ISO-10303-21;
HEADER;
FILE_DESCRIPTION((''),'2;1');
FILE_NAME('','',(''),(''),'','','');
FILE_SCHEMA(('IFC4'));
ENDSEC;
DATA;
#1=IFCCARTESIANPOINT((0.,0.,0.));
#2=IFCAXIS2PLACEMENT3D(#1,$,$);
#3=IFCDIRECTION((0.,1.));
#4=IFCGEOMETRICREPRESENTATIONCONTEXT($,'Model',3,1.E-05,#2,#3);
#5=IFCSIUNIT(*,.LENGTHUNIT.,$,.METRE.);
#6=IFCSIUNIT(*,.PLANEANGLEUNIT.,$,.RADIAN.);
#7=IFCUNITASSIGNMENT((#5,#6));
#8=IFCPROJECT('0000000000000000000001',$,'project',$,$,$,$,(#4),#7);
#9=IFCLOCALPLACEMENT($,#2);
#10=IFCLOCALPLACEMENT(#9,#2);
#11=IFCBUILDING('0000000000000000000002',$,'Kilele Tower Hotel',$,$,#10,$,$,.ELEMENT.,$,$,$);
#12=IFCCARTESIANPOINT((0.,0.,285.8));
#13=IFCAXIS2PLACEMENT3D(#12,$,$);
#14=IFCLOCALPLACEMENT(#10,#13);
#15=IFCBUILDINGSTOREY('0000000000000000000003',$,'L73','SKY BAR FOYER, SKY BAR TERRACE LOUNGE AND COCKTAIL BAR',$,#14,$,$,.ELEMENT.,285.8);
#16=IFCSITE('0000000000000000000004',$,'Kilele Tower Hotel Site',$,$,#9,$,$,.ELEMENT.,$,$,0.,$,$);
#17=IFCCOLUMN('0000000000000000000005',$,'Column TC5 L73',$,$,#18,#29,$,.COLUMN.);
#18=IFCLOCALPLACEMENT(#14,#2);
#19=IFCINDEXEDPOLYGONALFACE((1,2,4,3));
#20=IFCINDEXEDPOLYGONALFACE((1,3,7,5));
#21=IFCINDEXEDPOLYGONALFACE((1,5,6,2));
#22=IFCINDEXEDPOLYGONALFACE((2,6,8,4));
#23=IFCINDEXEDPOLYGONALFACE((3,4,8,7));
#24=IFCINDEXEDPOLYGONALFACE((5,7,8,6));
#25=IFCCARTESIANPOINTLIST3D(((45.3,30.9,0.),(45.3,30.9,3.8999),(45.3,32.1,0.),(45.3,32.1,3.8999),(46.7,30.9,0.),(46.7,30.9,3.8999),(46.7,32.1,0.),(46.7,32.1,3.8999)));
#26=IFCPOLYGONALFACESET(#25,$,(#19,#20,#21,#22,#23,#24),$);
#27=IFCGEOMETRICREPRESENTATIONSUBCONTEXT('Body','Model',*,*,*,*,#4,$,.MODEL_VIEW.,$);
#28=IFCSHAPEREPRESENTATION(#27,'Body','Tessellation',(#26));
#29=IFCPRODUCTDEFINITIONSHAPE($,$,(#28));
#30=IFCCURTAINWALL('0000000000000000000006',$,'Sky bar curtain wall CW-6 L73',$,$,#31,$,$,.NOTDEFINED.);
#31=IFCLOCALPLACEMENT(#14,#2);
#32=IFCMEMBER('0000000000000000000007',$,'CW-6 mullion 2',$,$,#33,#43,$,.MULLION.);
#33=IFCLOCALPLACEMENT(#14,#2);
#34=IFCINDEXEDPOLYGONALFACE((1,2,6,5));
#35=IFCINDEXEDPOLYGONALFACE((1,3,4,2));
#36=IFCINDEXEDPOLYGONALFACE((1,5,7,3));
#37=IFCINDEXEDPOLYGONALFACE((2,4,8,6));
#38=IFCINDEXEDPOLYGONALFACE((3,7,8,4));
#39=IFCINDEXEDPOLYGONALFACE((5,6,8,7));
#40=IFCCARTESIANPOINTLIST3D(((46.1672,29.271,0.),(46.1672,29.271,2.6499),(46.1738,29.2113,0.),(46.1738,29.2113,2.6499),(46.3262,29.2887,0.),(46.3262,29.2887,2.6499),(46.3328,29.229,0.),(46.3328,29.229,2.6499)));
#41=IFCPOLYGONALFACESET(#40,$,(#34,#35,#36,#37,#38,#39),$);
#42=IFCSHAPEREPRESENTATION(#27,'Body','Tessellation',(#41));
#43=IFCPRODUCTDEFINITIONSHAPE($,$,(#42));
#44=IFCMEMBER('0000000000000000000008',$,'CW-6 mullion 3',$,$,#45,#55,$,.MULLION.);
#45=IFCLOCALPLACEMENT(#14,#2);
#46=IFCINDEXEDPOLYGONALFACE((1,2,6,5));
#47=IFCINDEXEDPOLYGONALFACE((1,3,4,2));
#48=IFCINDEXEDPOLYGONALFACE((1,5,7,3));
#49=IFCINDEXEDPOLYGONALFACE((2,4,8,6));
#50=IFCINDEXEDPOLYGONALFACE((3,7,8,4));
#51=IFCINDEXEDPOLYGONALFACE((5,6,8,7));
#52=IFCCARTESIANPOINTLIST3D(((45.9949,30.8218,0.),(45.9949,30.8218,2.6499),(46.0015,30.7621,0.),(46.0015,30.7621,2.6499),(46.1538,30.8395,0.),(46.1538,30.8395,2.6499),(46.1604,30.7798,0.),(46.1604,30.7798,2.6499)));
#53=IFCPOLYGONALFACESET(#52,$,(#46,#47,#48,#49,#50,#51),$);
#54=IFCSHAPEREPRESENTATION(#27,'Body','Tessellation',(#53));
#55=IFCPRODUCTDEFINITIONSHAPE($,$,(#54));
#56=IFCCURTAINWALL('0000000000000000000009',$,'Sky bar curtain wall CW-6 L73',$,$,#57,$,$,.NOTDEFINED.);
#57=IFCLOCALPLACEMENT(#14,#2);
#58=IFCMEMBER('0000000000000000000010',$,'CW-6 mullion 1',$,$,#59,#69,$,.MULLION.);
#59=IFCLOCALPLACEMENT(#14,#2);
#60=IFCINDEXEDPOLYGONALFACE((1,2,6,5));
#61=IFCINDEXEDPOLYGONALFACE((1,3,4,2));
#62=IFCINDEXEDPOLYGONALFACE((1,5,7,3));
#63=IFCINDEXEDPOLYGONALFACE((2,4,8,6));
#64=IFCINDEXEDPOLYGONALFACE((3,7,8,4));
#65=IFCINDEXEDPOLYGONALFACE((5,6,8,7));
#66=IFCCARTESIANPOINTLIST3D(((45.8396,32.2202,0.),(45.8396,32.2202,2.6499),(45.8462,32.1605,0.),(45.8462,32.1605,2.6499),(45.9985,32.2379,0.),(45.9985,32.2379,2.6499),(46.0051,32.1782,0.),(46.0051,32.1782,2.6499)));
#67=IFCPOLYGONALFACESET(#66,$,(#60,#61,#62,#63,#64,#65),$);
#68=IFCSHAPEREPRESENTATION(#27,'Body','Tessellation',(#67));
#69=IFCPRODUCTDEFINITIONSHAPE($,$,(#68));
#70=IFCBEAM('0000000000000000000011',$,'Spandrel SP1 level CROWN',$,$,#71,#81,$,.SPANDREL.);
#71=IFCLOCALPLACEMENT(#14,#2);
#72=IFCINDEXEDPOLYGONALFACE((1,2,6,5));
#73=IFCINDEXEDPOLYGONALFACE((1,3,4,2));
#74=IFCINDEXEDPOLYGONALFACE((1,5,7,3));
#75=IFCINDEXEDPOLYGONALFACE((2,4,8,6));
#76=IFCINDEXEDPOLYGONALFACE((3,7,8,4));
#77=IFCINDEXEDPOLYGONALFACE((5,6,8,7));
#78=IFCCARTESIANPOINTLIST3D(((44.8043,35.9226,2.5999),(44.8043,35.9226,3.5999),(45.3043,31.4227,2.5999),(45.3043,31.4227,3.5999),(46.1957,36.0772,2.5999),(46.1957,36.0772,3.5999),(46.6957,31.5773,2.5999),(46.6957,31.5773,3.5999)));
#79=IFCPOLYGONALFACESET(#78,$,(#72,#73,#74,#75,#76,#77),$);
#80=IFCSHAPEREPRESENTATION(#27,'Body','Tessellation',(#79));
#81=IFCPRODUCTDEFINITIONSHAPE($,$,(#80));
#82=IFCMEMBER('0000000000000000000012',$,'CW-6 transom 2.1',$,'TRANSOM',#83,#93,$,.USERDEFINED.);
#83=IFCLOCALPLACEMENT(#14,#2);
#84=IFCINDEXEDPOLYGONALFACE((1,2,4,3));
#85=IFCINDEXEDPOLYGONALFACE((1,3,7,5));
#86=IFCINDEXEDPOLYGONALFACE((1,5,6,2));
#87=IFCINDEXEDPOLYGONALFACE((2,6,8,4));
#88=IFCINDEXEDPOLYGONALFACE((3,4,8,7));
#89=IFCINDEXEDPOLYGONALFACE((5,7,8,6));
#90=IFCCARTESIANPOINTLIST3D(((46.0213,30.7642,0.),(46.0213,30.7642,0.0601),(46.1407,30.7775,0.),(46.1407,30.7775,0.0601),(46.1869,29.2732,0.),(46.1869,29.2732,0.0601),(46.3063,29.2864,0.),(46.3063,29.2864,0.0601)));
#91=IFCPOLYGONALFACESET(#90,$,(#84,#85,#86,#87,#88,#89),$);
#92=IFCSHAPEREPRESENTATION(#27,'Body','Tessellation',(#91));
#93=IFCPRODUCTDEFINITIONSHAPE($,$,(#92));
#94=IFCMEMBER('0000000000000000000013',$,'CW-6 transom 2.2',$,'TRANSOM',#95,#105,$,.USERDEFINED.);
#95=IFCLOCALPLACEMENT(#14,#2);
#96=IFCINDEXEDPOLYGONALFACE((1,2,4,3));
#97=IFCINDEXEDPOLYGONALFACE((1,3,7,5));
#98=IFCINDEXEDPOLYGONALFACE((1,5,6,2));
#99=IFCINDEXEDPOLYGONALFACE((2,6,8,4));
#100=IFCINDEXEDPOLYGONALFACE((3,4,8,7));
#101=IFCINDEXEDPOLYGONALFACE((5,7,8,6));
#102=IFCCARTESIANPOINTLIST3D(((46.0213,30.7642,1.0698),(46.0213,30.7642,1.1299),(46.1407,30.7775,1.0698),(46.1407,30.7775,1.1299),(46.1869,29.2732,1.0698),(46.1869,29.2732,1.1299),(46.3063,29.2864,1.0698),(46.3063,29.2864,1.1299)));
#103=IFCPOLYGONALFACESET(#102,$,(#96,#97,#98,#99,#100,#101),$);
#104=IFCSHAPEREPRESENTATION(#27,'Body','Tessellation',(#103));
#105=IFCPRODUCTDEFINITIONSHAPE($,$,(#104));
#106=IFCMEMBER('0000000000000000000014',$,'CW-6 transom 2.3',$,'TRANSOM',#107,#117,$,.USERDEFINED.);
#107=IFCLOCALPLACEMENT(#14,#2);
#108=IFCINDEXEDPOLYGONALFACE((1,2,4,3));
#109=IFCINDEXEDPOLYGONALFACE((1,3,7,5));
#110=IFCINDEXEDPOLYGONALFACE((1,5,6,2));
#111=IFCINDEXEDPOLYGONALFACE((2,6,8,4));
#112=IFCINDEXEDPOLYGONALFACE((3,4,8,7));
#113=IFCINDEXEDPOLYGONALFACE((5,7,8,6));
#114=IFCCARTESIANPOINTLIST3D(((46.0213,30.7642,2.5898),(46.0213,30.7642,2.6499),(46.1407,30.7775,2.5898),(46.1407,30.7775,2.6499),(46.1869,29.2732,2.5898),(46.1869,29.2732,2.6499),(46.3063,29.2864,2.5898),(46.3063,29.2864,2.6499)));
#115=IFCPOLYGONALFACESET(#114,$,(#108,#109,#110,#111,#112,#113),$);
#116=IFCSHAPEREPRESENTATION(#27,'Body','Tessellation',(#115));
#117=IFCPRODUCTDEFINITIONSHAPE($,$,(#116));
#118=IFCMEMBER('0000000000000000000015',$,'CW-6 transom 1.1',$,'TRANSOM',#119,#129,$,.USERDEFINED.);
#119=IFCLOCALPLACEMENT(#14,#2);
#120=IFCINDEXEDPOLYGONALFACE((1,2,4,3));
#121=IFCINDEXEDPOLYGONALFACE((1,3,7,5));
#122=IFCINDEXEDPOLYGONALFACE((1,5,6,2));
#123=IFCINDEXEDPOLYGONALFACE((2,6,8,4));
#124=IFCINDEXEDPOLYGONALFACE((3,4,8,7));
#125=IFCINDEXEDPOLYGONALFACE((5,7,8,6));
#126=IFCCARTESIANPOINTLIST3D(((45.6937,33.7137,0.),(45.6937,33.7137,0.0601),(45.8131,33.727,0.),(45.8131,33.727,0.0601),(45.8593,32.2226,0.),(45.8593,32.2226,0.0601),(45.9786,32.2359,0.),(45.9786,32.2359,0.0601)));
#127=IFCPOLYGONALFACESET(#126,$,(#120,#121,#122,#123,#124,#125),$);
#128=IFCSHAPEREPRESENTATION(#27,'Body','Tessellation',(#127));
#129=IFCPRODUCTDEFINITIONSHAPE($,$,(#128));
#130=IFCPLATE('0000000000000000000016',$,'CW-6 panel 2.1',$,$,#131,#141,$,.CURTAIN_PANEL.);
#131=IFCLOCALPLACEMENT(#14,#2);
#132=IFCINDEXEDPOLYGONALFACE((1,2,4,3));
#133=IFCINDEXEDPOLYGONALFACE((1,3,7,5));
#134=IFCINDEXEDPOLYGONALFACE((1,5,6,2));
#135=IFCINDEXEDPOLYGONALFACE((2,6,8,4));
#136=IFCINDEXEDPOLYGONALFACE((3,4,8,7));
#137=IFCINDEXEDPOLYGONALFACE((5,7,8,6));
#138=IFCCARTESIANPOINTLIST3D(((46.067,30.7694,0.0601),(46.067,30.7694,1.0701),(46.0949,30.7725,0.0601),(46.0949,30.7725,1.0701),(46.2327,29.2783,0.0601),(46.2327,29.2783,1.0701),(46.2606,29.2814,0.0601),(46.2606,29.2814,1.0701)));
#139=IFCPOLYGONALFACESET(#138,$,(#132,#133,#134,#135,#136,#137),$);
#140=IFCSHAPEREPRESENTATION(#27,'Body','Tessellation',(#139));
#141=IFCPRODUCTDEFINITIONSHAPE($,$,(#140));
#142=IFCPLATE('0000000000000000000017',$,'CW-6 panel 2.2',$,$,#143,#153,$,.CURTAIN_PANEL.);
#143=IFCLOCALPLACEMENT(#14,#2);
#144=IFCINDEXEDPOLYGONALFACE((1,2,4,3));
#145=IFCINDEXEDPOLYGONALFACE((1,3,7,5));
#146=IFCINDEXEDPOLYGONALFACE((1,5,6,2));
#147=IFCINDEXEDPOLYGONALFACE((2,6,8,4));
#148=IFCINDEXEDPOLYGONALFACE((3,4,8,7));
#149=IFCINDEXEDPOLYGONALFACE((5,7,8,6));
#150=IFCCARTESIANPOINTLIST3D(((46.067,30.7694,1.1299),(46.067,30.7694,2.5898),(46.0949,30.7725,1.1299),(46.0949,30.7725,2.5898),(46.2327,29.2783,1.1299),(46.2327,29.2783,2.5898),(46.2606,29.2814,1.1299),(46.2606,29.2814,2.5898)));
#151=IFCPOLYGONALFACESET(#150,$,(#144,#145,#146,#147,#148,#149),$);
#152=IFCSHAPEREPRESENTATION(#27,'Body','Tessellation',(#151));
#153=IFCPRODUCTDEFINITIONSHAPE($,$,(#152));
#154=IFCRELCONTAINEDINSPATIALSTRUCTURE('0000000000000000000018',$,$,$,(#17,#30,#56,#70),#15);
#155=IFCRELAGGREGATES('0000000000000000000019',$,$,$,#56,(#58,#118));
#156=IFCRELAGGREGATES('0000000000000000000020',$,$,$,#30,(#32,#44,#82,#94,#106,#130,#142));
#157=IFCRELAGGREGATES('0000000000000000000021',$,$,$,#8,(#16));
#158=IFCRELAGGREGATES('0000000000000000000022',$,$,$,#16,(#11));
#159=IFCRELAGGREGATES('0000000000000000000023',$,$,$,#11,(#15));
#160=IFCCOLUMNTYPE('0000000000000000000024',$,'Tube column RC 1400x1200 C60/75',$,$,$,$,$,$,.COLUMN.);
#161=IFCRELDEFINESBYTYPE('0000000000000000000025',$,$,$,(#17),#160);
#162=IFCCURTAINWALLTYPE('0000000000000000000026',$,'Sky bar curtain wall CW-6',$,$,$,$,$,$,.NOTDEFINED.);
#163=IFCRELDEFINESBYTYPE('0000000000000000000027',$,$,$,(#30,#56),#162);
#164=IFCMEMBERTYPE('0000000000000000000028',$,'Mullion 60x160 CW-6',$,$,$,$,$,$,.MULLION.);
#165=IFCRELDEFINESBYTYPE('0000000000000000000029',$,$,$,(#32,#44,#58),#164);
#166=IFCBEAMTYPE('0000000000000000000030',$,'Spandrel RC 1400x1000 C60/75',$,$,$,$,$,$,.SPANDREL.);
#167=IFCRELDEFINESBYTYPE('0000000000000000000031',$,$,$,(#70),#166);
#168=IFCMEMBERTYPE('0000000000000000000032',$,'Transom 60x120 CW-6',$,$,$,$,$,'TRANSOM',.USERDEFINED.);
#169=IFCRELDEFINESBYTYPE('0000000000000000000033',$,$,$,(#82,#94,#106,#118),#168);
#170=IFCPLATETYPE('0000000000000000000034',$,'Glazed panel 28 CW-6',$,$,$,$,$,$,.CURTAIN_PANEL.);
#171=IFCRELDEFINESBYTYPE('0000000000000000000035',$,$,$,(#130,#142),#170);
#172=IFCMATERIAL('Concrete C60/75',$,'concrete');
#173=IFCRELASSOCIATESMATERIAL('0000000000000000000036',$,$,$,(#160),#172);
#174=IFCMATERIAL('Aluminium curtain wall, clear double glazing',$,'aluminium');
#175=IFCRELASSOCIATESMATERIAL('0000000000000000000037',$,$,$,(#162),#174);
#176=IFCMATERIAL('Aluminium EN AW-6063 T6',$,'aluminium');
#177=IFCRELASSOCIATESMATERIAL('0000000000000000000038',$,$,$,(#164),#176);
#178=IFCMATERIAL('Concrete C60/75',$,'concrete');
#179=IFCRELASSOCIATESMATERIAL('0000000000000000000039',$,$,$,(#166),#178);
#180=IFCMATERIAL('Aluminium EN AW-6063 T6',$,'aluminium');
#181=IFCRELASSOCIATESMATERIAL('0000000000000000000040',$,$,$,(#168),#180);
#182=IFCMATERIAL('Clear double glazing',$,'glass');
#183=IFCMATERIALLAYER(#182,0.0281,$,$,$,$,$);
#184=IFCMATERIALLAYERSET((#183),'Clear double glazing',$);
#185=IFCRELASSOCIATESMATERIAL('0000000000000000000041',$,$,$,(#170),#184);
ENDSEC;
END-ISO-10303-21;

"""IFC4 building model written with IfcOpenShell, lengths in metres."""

from ifc_helpers import new_model, si_unit, direction, frame, origin, origin_2d, place, context, subcontext, project, spatial, rectangle, extrude, material, layer, layer_set, material_profile, profile_set, type_object, element, aggregate, save


model = new_model("IFC4")

# Units and contexts
model_context = context("Model", 3, precision=1e-05, world=origin(), true_north=direction((0.0, 1.0)))
body_context = subcontext(model_context, "Body", "Model", "MODEL_VIEW")
ifc_project = project(units=[si_unit("LENGTHUNIT", "METRE"), si_unit("PLANEANGLEUNIT", "RADIAN")], contexts=[model_context])

# Site, building, storey
site_placement = place(None, origin())
site = spatial("IfcSite", under=ifc_project, at=site_placement, Name="Kilele Tower Hotel Site", CompositionType="ELEMENT", RefElevation=0.0)
building_placement = place(site_placement, origin())
building = spatial("IfcBuilding", under=site, at=building_placement, Name="Kilele Tower Hotel", CompositionType="ELEMENT")
storey_placement = place(building_placement, frame((0.0, 0.0, 285.8)))
storey = spatial("IfcBuildingStorey", under=building, at=storey_placement, Name="L73", Description="SKY BAR FOYER, SKY BAR TERRACE LOUNGE AND COCKTAIL BAR", CompositionType="ELEMENT", Elevation=285.8)

# Column
ifc_material_1 = material(Name="Concrete C60/75", Category="concrete")
ifc_material_profile_1 = material_profile(ifc_material_1, rectangle(XDim=1.3999, YDim=1.2, at=origin_2d()))
ifc_profile_set_1 = profile_set([ifc_material_profile_1], Name="Concrete C60/75")
column_type = type_object("IfcColumnType", Name="Tube column RC 1400x1200 C60/75", PredefinedType="COLUMN", material=ifc_profile_set_1)
column_placement = place(storey_placement, frame((46.0, 31.5, 0.0), z_axis=(0.0, 0.0, 1.0), x_axis=(1.0, 0.0, 0.0)))
element("IfcColumn", 1, at=column_placement, inside=storey, type_object=column_type, Name="Column TC5 L73", PredefinedType="COLUMN", context=body_context, shape_type="SweptSolid", body=[
    extrude(rectangle(XDim=1.3999, YDim=1.2, at=origin_2d()), origin(), (0.0, 0.0, 1.0), 3.8999),
])

# Curtain wall, members
ifc_material_2 = material(Name="Aluminium curtain wall, clear double glazing", Category="aluminium")
curtain_wall_type = type_object("IfcCurtainWallType", Name="Sky bar curtain wall CW-6", PredefinedType="NOTDEFINED", material=ifc_material_2)
curtain_wall_1_placement = place(storey_placement, origin())
curtain_wall_1 = element("IfcCurtainWall", 2, at=curtain_wall_1_placement, inside=storey, type_object=curtain_wall_type, Name="Sky bar curtain wall CW-6 L73", PredefinedType="NOTDEFINED")
ifc_material_3 = material(Name="Aluminium EN AW-6063 T6", Category="aluminium")
ifc_material_profile_2 = material_profile(ifc_material_3, rectangle(XDim=0.1599, YDim=0.0601, at=origin_2d()))
ifc_profile_set_2 = profile_set([ifc_material_profile_2], Name="Aluminium EN AW-6063 T6")
member_type_1 = type_object("IfcMemberType", Name="Mullion 60x160 CW-6", PredefinedType="MULLION", material=ifc_profile_set_2)
member_1_placement = place(storey_placement, frame((46.25, 29.25, 0.0), z_axis=(0.0, 0.0, 1.0), x_axis=(-0.993884, -0.110432, 0.0)))
member_1 = element("IfcMember", 3, at=member_1_placement, type_object=member_type_1, Name="CW-6 mullion 2", PredefinedType="MULLION", context=body_context, shape_type="SweptSolid", body=[
    extrude(rectangle(XDim=0.1599, YDim=0.0601, at=origin_2d()), origin(), (0.0, 0.0, 1.0), 2.6499),
])
member_2_placement = place(storey_placement, frame((46.0776, 30.8008, 0.0), z_axis=(0.0, 0.0, 1.0), x_axis=(-0.993884, -0.110432, 0.0)))
member_2 = element("IfcMember", 4, at=member_2_placement, type_object=member_type_1, Name="CW-6 mullion 3", PredefinedType="MULLION", context=body_context, shape_type="SweptSolid", body=[
    extrude(rectangle(XDim=0.1599, YDim=0.0601, at=origin_2d()), origin(), (0.0, 0.0, 1.0), 2.6499),
])

# Curtain wall, member
curtain_wall_2_placement = place(storey_placement, origin())
curtain_wall_2 = element("IfcCurtainWall", 5, at=curtain_wall_2_placement, inside=storey, type_object=curtain_wall_type, Name="Sky bar curtain wall CW-6 L73", PredefinedType="NOTDEFINED")
member_3_placement = place(storey_placement, frame((45.9224, 32.1992, 0.0), z_axis=(0.0, 0.0, 1.0), x_axis=(-0.993884, -0.110432, 0.0)))
member_3 = element("IfcMember", 6, at=member_3_placement, type_object=member_type_1, Name="CW-6 mullion 1", PredefinedType="MULLION", context=body_context, shape_type="SweptSolid", body=[
    extrude(rectangle(XDim=0.1599, YDim=0.0601, at=origin_2d()), origin(), (0.0, 0.0, 1.0), 2.6499),
])

# Beam
ifc_material_4 = material(Name="Concrete C60/75", Category="concrete")
ifc_material_profile_3 = material_profile(ifc_material_4, rectangle(XDim=1.3999, YDim=1.0, at=origin_2d()))
ifc_profile_set_3 = profile_set([ifc_material_profile_3], Name="Concrete C60/75")
beam_type = type_object("IfcBeamType", Name="Spandrel RC 1400x1000 C60/75", PredefinedType="SPANDREL", material=ifc_profile_set_3)
beam_placement = place(storey_placement, frame((46.0, 31.5, 3.0999), z_axis=(-0.110432, 0.993884, 0.0), x_axis=(-0.993884, -0.110432, 0.0)))
element("IfcBeam", 7, at=beam_placement, inside=storey, type_object=beam_type, Name="Spandrel SP1 level CROWN", PredefinedType="SPANDREL", context=body_context, shape_type="SweptSolid", body=[
    extrude(rectangle(XDim=1.3999, YDim=1.0, at=origin_2d()), origin(), (0.0, 0.0, 1.0), 4.5276),
])

# Members
ifc_material_5 = material(Name="Aluminium EN AW-6063 T6", Category="aluminium")
ifc_material_profile_4 = material_profile(ifc_material_5, rectangle(XDim=0.1201, YDim=0.0601, at=origin_2d()))
ifc_profile_set_4 = profile_set([ifc_material_profile_4], Name="Aluminium EN AW-6063 T6")
member_type_2 = type_object("IfcMemberType", Name="Transom 60x120 CW-6", ElementType="TRANSOM", PredefinedType="USERDEFINED", material=ifc_profile_set_4)
member_4_placement = place(storey_placement, frame((46.2466, 29.2798, 0.03), z_axis=(-0.110342, 0.993894, 0.0), x_axis=(-0.993894, -0.110342, 0.0)))
member_4 = element("IfcMember", 8, at=member_4_placement, type_object=member_type_2, Name="CW-6 transom 2.1", ObjectType="TRANSOM", PredefinedType="USERDEFINED", context=body_context, shape_type="SweptSolid", body=[
    extrude(rectangle(XDim=0.1201, YDim=0.0601, at=origin_2d()), origin(), (0.0, 0.0, 1.0), 1.5002),
])
member_5_placement = place(storey_placement, frame((46.2466, 29.2798, 1.0999), z_axis=(-0.110342, 0.993894, 0.0), x_axis=(-0.993894, -0.110342, 0.0)))
member_5 = element("IfcMember", 9, at=member_5_placement, type_object=member_type_2, Name="CW-6 transom 2.2", ObjectType="TRANSOM", PredefinedType="USERDEFINED", context=body_context, shape_type="SweptSolid", body=[
    extrude(rectangle(XDim=0.1201, YDim=0.0601, at=origin_2d()), origin(), (0.0, 0.0, 1.0), 1.5002),
])
member_6_placement = place(storey_placement, frame((46.2466, 29.2798, 2.6199), z_axis=(-0.110342, 0.993894, 0.0), x_axis=(-0.993894, -0.110342, 0.0)))
member_6 = element("IfcMember", 10, at=member_6_placement, type_object=member_type_2, Name="CW-6 transom 2.3", ObjectType="TRANSOM", PredefinedType="USERDEFINED", context=body_context, shape_type="SweptSolid", body=[
    extrude(rectangle(XDim=0.1201, YDim=0.0601, at=origin_2d()), origin(), (0.0, 0.0, 1.0), 1.5002),
])
member_7_placement = place(storey_placement, frame((45.9189, 32.2292, 0.03), z_axis=(-0.110342, 0.993894, 0.0), x_axis=(-0.993894, -0.110342, 0.0)))
member_7 = element("IfcMember", 11, at=member_7_placement, type_object=member_type_2, Name="CW-6 transom 1.1", ObjectType="TRANSOM", PredefinedType="USERDEFINED", context=body_context, shape_type="SweptSolid", body=[
    extrude(rectangle(XDim=0.1201, YDim=0.0601, at=origin_2d()), origin(), (0.0, 0.0, 1.0), 1.5002),
])
aggregate(curtain_wall_2, [member_3, member_7])

# Plates
ifc_material_6 = material(Name="Clear double glazing", Category="glass")
ifc_layer_1 = layer(ifc_material_6, 0.0281)
ifc_layer_set_1 = layer_set([ifc_layer_1], Name="Clear double glazing")
plate_type = type_object("IfcPlateType", Name="Glazed panel 28 CW-6", PredefinedType="CURTAIN_PANEL", material=ifc_layer_set_1)
plate_1_placement = place(storey_placement, frame((46.1638, 30.0254, 0.0601), z_axis=(0.0, 0.0, 1.0), x_axis=(-0.110432, 0.993884, 0.0)))
plate_1 = element("IfcPlate", 12, at=plate_1_placement, type_object=plate_type, Name="CW-6 panel 2.1", PredefinedType="CURTAIN_PANEL", context=body_context, shape_type="SweptSolid", body=[
    extrude(rectangle(XDim=1.5002, YDim=0.0281, at=origin_2d()), origin(), (0.0, 0.0, 1.0), 1.01),
])
plate_2_placement = place(storey_placement, frame((46.1638, 30.0254, 1.1299), z_axis=(0.0, 0.0, 1.0), x_axis=(-0.110432, 0.993884, 0.0)))
plate_2 = element("IfcPlate", 13, at=plate_2_placement, type_object=plate_type, Name="CW-6 panel 2.2", PredefinedType="CURTAIN_PANEL", context=body_context, shape_type="SweptSolid", body=[
    extrude(rectangle(XDim=1.5002, YDim=0.0281, at=origin_2d()), origin(), (0.0, 0.0, 1.0), 1.46),
])
aggregate(curtain_wall_1, [member_1, member_2, member_4, member_5, member_6, plate_1, plate_2])

save(model, "model.ifc")
